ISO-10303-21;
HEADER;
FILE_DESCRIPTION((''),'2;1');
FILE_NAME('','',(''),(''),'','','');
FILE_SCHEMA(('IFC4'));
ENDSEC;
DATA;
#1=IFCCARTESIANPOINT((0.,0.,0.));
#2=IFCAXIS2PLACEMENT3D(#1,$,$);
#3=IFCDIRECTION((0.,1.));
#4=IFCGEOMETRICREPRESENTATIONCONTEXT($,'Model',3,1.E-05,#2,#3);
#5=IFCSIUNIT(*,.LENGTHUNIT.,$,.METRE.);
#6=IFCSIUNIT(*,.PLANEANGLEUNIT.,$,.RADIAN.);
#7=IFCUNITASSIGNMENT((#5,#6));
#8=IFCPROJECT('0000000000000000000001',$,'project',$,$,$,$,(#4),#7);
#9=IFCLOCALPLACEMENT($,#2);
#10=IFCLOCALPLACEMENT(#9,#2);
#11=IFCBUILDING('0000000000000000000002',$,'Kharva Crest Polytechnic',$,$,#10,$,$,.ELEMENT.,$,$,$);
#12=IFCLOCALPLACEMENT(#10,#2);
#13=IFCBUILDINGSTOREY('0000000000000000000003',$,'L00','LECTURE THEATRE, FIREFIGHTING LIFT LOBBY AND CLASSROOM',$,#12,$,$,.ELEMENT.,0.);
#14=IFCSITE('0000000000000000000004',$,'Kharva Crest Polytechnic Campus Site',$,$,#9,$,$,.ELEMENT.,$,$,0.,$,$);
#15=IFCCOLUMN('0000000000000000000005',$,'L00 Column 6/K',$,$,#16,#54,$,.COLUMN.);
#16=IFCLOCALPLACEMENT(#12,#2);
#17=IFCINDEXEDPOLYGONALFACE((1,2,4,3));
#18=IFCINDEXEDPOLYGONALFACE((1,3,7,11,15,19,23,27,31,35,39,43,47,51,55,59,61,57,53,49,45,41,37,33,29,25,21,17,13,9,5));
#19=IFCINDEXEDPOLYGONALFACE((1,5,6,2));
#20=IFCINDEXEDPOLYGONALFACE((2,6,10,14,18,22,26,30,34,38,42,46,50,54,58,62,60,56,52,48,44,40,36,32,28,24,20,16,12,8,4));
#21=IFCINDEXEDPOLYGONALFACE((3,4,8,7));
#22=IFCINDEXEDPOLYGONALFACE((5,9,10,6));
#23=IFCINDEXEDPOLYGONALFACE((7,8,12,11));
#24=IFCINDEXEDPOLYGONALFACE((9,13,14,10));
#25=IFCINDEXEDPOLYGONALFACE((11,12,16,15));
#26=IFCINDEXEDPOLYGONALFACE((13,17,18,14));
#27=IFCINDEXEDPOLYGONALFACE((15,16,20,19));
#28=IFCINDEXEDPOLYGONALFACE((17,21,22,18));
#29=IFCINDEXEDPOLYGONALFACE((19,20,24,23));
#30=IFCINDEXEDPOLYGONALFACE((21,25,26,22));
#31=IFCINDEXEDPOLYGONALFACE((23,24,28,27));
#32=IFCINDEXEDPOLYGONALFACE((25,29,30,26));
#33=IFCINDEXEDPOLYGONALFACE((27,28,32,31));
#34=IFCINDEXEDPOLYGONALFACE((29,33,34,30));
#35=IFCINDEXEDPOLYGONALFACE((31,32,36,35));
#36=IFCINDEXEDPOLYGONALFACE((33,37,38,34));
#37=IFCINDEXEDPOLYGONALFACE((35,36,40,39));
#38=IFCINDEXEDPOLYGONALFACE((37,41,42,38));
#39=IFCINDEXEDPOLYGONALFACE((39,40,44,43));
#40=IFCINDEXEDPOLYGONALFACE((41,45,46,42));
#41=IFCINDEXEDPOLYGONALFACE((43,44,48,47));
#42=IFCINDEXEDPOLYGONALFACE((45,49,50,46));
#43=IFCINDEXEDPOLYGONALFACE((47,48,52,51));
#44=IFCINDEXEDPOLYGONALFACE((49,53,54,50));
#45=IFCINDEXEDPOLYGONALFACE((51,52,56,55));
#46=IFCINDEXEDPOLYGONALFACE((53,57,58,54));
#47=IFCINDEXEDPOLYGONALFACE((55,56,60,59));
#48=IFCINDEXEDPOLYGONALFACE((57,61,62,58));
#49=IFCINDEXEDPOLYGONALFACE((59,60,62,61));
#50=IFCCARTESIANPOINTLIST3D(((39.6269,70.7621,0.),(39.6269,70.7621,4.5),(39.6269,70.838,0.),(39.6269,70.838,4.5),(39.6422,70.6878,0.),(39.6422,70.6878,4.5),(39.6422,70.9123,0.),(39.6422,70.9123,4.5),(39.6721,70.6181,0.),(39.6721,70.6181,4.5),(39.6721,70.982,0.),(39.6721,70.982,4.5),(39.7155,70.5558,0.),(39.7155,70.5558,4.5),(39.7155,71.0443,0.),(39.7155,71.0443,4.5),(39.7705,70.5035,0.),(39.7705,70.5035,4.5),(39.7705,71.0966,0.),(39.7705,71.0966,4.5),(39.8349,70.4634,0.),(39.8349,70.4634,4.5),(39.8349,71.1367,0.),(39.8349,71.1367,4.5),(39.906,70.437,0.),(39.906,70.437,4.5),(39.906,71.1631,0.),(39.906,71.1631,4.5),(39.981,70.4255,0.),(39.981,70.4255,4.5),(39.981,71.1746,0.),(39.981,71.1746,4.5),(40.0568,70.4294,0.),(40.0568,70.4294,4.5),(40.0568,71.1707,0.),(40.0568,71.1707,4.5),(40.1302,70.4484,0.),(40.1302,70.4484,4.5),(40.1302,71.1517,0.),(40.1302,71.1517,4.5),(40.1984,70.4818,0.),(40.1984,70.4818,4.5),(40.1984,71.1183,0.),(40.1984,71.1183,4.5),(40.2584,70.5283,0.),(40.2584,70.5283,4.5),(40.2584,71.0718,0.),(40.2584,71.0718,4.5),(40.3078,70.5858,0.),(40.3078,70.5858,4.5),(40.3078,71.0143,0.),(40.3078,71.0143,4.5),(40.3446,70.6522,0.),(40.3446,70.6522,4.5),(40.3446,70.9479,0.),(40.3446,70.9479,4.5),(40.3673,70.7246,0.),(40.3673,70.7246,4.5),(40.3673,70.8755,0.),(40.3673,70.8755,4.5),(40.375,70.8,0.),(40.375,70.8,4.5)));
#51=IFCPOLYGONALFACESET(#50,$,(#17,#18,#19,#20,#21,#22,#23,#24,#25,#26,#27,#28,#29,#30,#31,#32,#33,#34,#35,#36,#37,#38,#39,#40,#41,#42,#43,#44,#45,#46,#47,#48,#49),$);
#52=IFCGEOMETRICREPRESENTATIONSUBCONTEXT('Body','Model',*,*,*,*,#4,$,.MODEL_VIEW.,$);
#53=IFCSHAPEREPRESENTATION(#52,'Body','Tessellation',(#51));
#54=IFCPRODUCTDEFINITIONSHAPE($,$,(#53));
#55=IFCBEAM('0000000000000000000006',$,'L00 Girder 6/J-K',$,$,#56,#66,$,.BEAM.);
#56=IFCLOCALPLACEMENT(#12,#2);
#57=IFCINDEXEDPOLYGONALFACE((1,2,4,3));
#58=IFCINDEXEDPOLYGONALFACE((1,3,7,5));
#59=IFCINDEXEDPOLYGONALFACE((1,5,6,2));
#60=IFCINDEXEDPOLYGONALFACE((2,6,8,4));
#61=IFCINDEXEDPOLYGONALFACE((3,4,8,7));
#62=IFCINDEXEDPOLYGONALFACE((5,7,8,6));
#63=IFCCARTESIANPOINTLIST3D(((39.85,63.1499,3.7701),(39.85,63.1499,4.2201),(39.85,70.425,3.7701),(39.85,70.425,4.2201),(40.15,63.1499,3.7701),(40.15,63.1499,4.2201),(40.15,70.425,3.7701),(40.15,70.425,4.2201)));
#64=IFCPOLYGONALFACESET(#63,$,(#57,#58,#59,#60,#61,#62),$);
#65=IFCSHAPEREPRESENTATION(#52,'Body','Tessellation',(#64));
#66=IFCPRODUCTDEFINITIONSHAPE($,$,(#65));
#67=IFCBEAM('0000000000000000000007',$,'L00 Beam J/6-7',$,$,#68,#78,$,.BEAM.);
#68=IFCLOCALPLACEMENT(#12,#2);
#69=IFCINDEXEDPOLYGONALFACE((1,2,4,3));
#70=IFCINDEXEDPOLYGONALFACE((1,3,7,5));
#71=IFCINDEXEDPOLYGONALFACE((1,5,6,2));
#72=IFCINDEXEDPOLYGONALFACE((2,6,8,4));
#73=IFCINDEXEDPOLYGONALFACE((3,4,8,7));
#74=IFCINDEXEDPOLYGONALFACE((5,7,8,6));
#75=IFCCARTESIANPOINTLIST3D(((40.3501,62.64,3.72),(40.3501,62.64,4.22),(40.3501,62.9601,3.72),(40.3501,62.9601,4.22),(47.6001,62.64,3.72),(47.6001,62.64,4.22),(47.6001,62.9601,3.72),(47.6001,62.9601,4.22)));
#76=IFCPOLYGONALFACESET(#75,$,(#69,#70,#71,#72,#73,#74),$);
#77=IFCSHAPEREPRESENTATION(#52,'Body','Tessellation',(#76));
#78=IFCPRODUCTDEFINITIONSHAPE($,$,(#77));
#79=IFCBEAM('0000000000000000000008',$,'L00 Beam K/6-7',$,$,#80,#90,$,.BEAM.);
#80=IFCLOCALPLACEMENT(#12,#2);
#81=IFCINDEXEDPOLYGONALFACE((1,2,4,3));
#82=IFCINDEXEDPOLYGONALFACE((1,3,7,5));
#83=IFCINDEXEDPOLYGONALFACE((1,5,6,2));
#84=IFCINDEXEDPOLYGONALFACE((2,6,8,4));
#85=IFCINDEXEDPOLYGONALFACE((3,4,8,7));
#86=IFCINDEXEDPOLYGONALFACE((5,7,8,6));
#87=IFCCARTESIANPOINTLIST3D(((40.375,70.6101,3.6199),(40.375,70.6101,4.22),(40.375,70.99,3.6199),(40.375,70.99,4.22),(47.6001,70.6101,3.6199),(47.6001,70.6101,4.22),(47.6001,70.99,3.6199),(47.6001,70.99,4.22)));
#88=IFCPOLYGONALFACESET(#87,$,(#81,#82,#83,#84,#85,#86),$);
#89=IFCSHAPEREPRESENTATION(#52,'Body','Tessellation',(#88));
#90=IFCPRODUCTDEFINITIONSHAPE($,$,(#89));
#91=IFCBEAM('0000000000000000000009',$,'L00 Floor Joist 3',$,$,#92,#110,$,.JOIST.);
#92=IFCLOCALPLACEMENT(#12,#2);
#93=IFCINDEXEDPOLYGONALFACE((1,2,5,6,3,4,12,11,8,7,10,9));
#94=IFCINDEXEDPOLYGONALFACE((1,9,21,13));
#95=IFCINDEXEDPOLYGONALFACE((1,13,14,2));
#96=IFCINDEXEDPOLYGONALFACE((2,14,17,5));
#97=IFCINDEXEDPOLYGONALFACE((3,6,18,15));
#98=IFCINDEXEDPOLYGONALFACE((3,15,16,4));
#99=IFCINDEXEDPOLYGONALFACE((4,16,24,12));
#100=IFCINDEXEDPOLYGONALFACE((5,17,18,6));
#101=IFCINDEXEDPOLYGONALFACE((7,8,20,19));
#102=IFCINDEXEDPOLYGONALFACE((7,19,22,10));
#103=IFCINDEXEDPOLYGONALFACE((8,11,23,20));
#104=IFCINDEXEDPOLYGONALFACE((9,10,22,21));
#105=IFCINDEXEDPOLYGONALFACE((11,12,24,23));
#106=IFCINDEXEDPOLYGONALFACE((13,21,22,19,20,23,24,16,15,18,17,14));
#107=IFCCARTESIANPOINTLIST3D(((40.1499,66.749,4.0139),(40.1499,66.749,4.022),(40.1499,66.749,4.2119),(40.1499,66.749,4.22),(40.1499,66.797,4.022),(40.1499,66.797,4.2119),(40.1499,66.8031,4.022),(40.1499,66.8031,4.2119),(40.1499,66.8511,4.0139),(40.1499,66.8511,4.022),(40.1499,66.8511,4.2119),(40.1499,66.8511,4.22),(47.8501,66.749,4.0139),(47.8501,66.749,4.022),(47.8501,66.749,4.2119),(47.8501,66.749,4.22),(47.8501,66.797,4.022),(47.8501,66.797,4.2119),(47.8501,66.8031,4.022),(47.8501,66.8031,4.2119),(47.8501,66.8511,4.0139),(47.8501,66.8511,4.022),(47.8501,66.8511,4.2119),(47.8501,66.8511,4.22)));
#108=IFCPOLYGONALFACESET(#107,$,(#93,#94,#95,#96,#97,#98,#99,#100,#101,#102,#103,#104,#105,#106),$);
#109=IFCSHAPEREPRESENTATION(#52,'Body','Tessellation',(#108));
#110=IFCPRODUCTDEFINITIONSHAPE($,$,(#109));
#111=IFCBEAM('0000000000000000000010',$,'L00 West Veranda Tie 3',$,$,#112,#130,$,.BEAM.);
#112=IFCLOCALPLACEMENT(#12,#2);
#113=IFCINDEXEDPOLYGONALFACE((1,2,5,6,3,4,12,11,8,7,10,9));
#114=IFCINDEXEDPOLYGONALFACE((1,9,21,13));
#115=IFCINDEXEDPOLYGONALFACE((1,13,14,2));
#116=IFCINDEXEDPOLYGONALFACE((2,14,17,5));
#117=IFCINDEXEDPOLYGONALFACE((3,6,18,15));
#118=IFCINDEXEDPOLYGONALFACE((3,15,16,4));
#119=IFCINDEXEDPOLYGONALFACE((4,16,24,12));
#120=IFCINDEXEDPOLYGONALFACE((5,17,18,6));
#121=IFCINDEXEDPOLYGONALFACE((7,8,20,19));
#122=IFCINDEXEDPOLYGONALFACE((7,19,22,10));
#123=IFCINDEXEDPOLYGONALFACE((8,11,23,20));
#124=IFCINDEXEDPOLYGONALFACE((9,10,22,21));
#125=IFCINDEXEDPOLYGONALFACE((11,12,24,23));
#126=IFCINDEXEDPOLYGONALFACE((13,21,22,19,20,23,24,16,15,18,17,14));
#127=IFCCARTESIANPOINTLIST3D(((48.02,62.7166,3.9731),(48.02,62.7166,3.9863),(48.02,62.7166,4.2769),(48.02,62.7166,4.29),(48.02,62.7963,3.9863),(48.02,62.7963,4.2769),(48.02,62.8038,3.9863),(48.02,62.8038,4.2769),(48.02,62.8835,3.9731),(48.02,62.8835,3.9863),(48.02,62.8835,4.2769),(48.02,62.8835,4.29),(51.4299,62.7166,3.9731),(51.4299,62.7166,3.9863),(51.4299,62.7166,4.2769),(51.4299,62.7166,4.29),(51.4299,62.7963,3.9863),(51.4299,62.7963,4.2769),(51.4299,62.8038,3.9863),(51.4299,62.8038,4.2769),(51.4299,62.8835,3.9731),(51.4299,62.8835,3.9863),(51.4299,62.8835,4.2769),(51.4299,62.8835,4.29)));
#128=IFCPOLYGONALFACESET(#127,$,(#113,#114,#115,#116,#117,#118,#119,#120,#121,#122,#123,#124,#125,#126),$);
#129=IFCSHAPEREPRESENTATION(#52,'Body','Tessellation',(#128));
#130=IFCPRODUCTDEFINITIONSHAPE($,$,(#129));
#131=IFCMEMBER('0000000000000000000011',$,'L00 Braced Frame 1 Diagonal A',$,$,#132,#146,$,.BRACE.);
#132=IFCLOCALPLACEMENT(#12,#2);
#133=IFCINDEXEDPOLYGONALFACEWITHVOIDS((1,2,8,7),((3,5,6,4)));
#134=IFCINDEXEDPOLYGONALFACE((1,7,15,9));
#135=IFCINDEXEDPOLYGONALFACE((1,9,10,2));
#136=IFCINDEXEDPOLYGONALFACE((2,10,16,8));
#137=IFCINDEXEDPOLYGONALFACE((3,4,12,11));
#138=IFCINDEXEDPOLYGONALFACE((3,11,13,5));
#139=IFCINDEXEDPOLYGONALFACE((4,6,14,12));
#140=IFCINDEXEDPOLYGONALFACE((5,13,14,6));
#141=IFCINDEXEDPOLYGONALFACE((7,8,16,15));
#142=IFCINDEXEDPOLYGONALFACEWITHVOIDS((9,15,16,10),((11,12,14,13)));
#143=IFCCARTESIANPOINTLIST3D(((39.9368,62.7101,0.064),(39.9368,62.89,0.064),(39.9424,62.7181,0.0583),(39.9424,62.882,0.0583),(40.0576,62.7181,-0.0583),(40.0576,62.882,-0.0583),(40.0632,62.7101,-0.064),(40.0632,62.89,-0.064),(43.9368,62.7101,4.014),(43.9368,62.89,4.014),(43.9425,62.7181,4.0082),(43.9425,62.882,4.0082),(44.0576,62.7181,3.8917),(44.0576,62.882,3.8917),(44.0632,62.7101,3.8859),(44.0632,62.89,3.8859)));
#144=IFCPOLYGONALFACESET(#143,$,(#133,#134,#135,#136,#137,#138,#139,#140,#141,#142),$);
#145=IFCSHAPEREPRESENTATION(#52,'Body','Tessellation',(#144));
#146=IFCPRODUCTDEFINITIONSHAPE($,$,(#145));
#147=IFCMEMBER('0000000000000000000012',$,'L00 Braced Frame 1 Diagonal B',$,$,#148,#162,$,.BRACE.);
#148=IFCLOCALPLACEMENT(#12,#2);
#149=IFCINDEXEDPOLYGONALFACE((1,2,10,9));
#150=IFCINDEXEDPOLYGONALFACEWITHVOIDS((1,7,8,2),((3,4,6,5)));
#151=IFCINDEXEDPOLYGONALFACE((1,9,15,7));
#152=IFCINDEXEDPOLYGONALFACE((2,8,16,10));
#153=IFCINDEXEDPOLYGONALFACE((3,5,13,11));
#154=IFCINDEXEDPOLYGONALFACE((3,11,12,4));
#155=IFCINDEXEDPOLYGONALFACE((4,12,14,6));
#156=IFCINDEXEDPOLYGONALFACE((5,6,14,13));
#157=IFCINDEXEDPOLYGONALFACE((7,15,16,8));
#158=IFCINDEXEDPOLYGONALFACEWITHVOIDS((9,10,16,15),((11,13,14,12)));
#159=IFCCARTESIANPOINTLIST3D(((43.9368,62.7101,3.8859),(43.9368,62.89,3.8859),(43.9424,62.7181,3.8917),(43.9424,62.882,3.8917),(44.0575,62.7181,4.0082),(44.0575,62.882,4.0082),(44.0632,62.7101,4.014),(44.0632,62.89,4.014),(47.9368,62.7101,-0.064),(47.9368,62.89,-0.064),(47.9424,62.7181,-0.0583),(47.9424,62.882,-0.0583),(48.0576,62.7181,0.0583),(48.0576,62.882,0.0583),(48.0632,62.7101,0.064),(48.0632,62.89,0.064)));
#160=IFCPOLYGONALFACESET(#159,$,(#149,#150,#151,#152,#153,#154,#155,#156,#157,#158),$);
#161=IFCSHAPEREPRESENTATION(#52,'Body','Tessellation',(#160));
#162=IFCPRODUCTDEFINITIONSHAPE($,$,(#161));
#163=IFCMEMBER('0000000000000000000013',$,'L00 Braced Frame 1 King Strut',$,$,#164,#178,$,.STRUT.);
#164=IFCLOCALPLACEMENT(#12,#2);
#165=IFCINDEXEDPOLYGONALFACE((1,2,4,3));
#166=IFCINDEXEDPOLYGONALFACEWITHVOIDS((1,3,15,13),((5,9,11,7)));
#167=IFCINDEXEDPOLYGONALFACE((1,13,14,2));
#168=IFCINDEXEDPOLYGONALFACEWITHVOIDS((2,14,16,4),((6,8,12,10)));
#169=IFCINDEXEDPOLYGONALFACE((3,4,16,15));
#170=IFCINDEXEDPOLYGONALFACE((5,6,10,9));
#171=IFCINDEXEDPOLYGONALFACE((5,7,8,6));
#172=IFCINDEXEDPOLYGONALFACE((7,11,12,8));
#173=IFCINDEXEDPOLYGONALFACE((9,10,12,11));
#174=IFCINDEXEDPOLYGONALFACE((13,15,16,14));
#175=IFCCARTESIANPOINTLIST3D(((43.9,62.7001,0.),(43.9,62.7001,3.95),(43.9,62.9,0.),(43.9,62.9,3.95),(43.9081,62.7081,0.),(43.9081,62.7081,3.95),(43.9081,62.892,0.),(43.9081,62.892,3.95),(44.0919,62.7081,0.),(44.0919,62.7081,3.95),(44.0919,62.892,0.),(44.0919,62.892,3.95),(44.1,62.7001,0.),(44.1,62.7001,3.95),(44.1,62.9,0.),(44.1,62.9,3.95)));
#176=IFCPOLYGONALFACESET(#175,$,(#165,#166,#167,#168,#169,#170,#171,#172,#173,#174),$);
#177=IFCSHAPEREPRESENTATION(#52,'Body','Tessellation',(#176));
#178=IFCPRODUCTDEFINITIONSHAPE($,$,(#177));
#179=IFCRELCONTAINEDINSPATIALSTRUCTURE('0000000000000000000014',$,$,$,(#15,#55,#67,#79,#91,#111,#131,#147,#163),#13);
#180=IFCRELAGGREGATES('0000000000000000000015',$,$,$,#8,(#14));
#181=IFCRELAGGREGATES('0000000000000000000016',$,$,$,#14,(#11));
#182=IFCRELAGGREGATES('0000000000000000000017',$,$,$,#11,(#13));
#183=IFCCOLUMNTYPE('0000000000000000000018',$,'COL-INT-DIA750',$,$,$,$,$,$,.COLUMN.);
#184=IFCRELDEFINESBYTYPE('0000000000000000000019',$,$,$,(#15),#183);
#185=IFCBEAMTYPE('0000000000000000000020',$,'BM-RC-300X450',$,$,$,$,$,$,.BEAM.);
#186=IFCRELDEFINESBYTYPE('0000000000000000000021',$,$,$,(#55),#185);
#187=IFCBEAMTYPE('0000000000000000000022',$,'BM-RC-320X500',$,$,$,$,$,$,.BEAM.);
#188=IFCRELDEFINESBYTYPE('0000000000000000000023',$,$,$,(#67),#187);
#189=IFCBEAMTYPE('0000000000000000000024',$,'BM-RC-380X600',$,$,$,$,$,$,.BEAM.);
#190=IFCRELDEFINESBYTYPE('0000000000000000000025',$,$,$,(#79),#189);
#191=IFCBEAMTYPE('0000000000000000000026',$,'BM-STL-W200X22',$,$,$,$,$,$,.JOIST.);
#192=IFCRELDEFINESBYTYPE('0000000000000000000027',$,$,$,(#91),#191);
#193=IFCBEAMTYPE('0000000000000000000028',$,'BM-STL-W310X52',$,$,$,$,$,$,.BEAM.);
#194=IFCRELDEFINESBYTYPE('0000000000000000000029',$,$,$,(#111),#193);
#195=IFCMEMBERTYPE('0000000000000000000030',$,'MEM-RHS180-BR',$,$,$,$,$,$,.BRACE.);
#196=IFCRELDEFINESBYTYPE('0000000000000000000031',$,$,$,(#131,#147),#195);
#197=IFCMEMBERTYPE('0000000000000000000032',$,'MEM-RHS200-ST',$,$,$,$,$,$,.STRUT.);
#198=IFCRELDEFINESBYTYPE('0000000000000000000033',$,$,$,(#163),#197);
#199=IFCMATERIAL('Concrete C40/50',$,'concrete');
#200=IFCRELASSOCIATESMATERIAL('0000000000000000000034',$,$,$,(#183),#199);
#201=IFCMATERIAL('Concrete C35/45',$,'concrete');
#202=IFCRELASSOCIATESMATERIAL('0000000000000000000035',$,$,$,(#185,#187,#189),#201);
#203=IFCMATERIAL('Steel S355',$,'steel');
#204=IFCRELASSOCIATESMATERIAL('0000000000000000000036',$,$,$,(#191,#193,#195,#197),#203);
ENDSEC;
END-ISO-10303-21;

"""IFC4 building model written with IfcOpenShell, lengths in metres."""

from ifc_helpers import new_model, si_unit, direction, frame, origin, origin_2d, place, context, subcontext, project, spatial, rectangle, hollow_rectangle, circle, i_section, extrude, material, material_profile, profile_set, type_object, element, save


model = new_model("IFC4")

# Units and contexts
model_context = context("Model", 3, precision=1e-05, world=origin(), true_north=direction((0.0, 1.0)))
body_context = subcontext(model_context, "Body", "Model", "MODEL_VIEW")
ifc_project = project(units=[si_unit("LENGTHUNIT", "METRE"), si_unit("PLANEANGLEUNIT", "RADIAN")], contexts=[model_context])

# Site, building, storey
site_placement = place(None, origin())
site = spatial("IfcSite", under=ifc_project, at=site_placement, Name="Kharva Crest Polytechnic Campus Site", CompositionType="ELEMENT", RefElevation=0.0)
building_placement = place(site_placement, origin())
building = spatial("IfcBuilding", under=site, at=building_placement, Name="Kharva Crest Polytechnic", CompositionType="ELEMENT")
storey_placement = place(building_placement, origin())
storey = spatial("IfcBuildingStorey", under=building, at=storey_placement, Name="L00", Description="LECTURE THEATRE, FIREFIGHTING LIFT LOBBY AND CLASSROOM", CompositionType="ELEMENT", Elevation=0.0)

# Shared definitions
ifc_material_1 = material(Name="Concrete C35/45", Category="concrete")

# Column
ifc_material_2 = material(Name="Concrete C40/50", Category="concrete")
ifc_material_profile_1 = material_profile(ifc_material_2, circle(Radius=0.375, at=origin_2d()), Name="DIA 750")
ifc_profile_set_1 = profile_set([ifc_material_profile_1], Name="Concrete C40/50")
column_type_1 = type_object("IfcColumnType", Name="COL-INT-DIA750", PredefinedType="COLUMN", material=ifc_profile_set_1)
column_1_placement = place(storey_placement, frame((40.0, 70.8, 0.0), z_axis=(0.0, 0.0, 1.0), x_axis=(1.0, 0.0, 0.0)))
element("IfcColumn", 1, at=column_1_placement, inside=storey, type_object=column_type_1, Name="L00 Column 6/K", PredefinedType="COLUMN", context=body_context, shape_type="SweptSolid", body=[
    extrude(circle(Radius=0.375, at=origin_2d()), origin(), (0.0, 0.0, 1.0), 4.5),
])

# Beams
ifc_material_profile_2 = material_profile(ifc_material_1, rectangle(XDim=0.3, YDim=0.45, at=origin_2d()), Name="RECT 300 X 450")
ifc_profile_set_2 = profile_set([ifc_material_profile_2], Name="Concrete C35/45")
beam_type_1 = type_object("IfcBeamType", Name="BM-RC-300X450", PredefinedType="BEAM", material=ifc_profile_set_2)
beam_1_placement = place(storey_placement, frame((40.0, 63.1499, 3.9951), z_axis=(0.0, 1.0, 0.0), x_axis=(-1.0, 0.0, 0.0)))
element("IfcBeam", 2, at=beam_1_placement, inside=storey, type_object=beam_type_1, Name="L00 Girder 6/J-K", PredefinedType="BEAM", context=body_context, shape_type="SweptSolid", body=[
    extrude(rectangle(XDim=0.3, YDim=0.45, at=origin_2d()), origin(), (0.0, 0.0, 1.0), 7.2751),
])
ifc_material_profile_3 = material_profile(ifc_material_1, rectangle(XDim=0.3201, YDim=0.5, at=origin_2d()), Name="RECT 320 X 500")
ifc_profile_set_3 = profile_set([ifc_material_profile_3], Name="Concrete C35/45")
beam_type_2 = type_object("IfcBeamType", Name="BM-RC-320X500", PredefinedType="BEAM", material=ifc_profile_set_3)
beam_2_placement = place(storey_placement, frame((40.3501, 62.8, 3.97), z_axis=(1.0, 0.0, 0.0), x_axis=(0.0, 1.0, 0.0)))
element("IfcBeam", 3, at=beam_2_placement, inside=storey, type_object=beam_type_2, Name="L00 Beam J/6-7", PredefinedType="BEAM", context=body_context, shape_type="SweptSolid", body=[
    extrude(rectangle(XDim=0.3201, YDim=0.5, at=origin_2d()), origin(), (0.0, 0.0, 1.0), 7.25),
])
ifc_material_profile_4 = material_profile(ifc_material_1, rectangle(XDim=0.3799, YDim=0.6001, at=origin_2d()), Name="RECT 380 X 600")
ifc_profile_set_4 = profile_set([ifc_material_profile_4], Name="Concrete C35/45")
beam_type_3 = type_object("IfcBeamType", Name="BM-RC-380X600", PredefinedType="BEAM", material=ifc_profile_set_4)
beam_3_placement = place(storey_placement, frame((40.375, 70.8, 3.9199), z_axis=(1.0, 0.0, 0.0), x_axis=(0.0, 1.0, 0.0)))
element("IfcBeam", 4, at=beam_3_placement, inside=storey, type_object=beam_type_3, Name="L00 Beam K/6-7", PredefinedType="BEAM", context=body_context, shape_type="SweptSolid", body=[
    extrude(rectangle(XDim=0.3799, YDim=0.6001, at=origin_2d()), origin(), (0.0, 0.0, 1.0), 7.2251),
])
ifc_material_3 = material(Name="Steel S355", Category="steel")
ifc_material_profile_5 = material_profile(ifc_material_3, i_section(OverallWidth=0.1021, OverallDepth=0.2061, WebThickness=0.0061, FlangeThickness=0.0081, at=origin_2d()), Name="W200X22.5")
ifc_profile_set_5 = profile_set([ifc_material_profile_5], Name="Steel S355")
beam_type_4 = type_object("IfcBeamType", Name="BM-STL-W200X22", PredefinedType="JOIST", material=ifc_profile_set_5)
beam_4_placement = place(storey_placement, frame((40.1499, 66.8, 4.1169), z_axis=(1.0, 0.0, 0.0), x_axis=(0.0, 1.0, 0.0)))
element("IfcBeam", 5, at=beam_4_placement, inside=storey, type_object=beam_type_4, Name="L00 Floor Joist 3", PredefinedType="JOIST", context=body_context, shape_type="SweptSolid", body=[
    extrude(i_section(OverallWidth=0.1021, OverallDepth=0.2061, WebThickness=0.0061, FlangeThickness=0.0081, at=origin_2d()), origin(), (0.0, 0.0, 1.0), 7.7002),
])
ifc_material_profile_6 = material_profile(ifc_material_3, i_section(OverallWidth=0.167, OverallDepth=0.3169, WebThickness=0.0076, FlangeThickness=0.0132, at=origin_2d()), Name="W310X52")
ifc_profile_set_6 = profile_set([ifc_material_profile_6], Name="Steel S355")
beam_type_5 = type_object("IfcBeamType", Name="BM-STL-W310X52", PredefinedType="BEAM", material=ifc_profile_set_6)
beam_5_placement = place(storey_placement, frame((48.02, 62.8, 4.1316), z_axis=(1.0, 0.0, 0.0), x_axis=(0.0, 1.0, 0.0)))
element("IfcBeam", 6, at=beam_5_placement, inside=storey, type_object=beam_type_5, Name="L00 West Veranda Tie 3", PredefinedType="BEAM", context=body_context, shape_type="SweptSolid", body=[
    extrude(i_section(OverallWidth=0.167, OverallDepth=0.3169, WebThickness=0.0076, FlangeThickness=0.0132, at=origin_2d()), origin(), (0.0, 0.0, 1.0), 3.4099),
])

# Members
ifc_material_profile_7 = material_profile(ifc_material_3, hollow_rectangle(XDim=0.1799, YDim=0.1799, WallThickness=0.0081, at=origin_2d()), Name="RHS 180X180X8.0")
ifc_profile_set_7 = profile_set([ifc_material_profile_7], Name="Steel S355")
member_type_1 = type_object("IfcMemberType", Name="MEM-RHS180-BR", PredefinedType="BRACE", material=ifc_profile_set_7)
for number, where, z_axis, x_axis, name in (
    (7, (40.0, 62.8, 0.0), (0.711544, 0.0, 0.702641), (0.0, 1.0, 0.0), "L00 Braced Frame 1 Diagonal A"),
    (8, (48.0, 62.8, 0.0), (-0.711544, 0.0, 0.702641), (0.0, -1.0, 0.0), "L00 Braced Frame 1 Diagonal B"),
):
    element("IfcMember", number, at=place(storey_placement, frame(where, z_axis=z_axis, x_axis=x_axis)), inside=storey, type_object=member_type_1, Name=name, PredefinedType="BRACE", context=body_context, shape_type="SweptSolid", body=[
        extrude(hollow_rectangle(XDim=0.1799, YDim=0.1799, WallThickness=0.0081, at=origin_2d()), origin(), (0.0, 0.0, 1.0), 5.6216),
    ])
ifc_material_profile_8 = material_profile(ifc_material_3, hollow_rectangle(XDim=0.2, YDim=0.2, WallThickness=0.0081, at=origin_2d()), Name="RHS 200X200X8.0")
ifc_profile_set_8 = profile_set([ifc_material_profile_8], Name="Steel S355")
member_type_2 = type_object("IfcMemberType", Name="MEM-RHS200-ST", PredefinedType="STRUT", material=ifc_profile_set_8)
member_placement = place(storey_placement, frame((44.0, 62.8, 0.0), z_axis=(0.0, 0.0, 1.0), x_axis=(1.0, 0.0, 0.0)))
element("IfcMember", 9, at=member_placement, inside=storey, type_object=member_type_2, Name="L00 Braced Frame 1 King Strut", PredefinedType="STRUT", context=body_context, shape_type="SweptSolid", body=[
    extrude(hollow_rectangle(XDim=0.2, YDim=0.2, WallThickness=0.0081, at=origin_2d()), origin(), (0.0, 0.0, 1.0), 3.95),
])

save(model, "model.ifc")
